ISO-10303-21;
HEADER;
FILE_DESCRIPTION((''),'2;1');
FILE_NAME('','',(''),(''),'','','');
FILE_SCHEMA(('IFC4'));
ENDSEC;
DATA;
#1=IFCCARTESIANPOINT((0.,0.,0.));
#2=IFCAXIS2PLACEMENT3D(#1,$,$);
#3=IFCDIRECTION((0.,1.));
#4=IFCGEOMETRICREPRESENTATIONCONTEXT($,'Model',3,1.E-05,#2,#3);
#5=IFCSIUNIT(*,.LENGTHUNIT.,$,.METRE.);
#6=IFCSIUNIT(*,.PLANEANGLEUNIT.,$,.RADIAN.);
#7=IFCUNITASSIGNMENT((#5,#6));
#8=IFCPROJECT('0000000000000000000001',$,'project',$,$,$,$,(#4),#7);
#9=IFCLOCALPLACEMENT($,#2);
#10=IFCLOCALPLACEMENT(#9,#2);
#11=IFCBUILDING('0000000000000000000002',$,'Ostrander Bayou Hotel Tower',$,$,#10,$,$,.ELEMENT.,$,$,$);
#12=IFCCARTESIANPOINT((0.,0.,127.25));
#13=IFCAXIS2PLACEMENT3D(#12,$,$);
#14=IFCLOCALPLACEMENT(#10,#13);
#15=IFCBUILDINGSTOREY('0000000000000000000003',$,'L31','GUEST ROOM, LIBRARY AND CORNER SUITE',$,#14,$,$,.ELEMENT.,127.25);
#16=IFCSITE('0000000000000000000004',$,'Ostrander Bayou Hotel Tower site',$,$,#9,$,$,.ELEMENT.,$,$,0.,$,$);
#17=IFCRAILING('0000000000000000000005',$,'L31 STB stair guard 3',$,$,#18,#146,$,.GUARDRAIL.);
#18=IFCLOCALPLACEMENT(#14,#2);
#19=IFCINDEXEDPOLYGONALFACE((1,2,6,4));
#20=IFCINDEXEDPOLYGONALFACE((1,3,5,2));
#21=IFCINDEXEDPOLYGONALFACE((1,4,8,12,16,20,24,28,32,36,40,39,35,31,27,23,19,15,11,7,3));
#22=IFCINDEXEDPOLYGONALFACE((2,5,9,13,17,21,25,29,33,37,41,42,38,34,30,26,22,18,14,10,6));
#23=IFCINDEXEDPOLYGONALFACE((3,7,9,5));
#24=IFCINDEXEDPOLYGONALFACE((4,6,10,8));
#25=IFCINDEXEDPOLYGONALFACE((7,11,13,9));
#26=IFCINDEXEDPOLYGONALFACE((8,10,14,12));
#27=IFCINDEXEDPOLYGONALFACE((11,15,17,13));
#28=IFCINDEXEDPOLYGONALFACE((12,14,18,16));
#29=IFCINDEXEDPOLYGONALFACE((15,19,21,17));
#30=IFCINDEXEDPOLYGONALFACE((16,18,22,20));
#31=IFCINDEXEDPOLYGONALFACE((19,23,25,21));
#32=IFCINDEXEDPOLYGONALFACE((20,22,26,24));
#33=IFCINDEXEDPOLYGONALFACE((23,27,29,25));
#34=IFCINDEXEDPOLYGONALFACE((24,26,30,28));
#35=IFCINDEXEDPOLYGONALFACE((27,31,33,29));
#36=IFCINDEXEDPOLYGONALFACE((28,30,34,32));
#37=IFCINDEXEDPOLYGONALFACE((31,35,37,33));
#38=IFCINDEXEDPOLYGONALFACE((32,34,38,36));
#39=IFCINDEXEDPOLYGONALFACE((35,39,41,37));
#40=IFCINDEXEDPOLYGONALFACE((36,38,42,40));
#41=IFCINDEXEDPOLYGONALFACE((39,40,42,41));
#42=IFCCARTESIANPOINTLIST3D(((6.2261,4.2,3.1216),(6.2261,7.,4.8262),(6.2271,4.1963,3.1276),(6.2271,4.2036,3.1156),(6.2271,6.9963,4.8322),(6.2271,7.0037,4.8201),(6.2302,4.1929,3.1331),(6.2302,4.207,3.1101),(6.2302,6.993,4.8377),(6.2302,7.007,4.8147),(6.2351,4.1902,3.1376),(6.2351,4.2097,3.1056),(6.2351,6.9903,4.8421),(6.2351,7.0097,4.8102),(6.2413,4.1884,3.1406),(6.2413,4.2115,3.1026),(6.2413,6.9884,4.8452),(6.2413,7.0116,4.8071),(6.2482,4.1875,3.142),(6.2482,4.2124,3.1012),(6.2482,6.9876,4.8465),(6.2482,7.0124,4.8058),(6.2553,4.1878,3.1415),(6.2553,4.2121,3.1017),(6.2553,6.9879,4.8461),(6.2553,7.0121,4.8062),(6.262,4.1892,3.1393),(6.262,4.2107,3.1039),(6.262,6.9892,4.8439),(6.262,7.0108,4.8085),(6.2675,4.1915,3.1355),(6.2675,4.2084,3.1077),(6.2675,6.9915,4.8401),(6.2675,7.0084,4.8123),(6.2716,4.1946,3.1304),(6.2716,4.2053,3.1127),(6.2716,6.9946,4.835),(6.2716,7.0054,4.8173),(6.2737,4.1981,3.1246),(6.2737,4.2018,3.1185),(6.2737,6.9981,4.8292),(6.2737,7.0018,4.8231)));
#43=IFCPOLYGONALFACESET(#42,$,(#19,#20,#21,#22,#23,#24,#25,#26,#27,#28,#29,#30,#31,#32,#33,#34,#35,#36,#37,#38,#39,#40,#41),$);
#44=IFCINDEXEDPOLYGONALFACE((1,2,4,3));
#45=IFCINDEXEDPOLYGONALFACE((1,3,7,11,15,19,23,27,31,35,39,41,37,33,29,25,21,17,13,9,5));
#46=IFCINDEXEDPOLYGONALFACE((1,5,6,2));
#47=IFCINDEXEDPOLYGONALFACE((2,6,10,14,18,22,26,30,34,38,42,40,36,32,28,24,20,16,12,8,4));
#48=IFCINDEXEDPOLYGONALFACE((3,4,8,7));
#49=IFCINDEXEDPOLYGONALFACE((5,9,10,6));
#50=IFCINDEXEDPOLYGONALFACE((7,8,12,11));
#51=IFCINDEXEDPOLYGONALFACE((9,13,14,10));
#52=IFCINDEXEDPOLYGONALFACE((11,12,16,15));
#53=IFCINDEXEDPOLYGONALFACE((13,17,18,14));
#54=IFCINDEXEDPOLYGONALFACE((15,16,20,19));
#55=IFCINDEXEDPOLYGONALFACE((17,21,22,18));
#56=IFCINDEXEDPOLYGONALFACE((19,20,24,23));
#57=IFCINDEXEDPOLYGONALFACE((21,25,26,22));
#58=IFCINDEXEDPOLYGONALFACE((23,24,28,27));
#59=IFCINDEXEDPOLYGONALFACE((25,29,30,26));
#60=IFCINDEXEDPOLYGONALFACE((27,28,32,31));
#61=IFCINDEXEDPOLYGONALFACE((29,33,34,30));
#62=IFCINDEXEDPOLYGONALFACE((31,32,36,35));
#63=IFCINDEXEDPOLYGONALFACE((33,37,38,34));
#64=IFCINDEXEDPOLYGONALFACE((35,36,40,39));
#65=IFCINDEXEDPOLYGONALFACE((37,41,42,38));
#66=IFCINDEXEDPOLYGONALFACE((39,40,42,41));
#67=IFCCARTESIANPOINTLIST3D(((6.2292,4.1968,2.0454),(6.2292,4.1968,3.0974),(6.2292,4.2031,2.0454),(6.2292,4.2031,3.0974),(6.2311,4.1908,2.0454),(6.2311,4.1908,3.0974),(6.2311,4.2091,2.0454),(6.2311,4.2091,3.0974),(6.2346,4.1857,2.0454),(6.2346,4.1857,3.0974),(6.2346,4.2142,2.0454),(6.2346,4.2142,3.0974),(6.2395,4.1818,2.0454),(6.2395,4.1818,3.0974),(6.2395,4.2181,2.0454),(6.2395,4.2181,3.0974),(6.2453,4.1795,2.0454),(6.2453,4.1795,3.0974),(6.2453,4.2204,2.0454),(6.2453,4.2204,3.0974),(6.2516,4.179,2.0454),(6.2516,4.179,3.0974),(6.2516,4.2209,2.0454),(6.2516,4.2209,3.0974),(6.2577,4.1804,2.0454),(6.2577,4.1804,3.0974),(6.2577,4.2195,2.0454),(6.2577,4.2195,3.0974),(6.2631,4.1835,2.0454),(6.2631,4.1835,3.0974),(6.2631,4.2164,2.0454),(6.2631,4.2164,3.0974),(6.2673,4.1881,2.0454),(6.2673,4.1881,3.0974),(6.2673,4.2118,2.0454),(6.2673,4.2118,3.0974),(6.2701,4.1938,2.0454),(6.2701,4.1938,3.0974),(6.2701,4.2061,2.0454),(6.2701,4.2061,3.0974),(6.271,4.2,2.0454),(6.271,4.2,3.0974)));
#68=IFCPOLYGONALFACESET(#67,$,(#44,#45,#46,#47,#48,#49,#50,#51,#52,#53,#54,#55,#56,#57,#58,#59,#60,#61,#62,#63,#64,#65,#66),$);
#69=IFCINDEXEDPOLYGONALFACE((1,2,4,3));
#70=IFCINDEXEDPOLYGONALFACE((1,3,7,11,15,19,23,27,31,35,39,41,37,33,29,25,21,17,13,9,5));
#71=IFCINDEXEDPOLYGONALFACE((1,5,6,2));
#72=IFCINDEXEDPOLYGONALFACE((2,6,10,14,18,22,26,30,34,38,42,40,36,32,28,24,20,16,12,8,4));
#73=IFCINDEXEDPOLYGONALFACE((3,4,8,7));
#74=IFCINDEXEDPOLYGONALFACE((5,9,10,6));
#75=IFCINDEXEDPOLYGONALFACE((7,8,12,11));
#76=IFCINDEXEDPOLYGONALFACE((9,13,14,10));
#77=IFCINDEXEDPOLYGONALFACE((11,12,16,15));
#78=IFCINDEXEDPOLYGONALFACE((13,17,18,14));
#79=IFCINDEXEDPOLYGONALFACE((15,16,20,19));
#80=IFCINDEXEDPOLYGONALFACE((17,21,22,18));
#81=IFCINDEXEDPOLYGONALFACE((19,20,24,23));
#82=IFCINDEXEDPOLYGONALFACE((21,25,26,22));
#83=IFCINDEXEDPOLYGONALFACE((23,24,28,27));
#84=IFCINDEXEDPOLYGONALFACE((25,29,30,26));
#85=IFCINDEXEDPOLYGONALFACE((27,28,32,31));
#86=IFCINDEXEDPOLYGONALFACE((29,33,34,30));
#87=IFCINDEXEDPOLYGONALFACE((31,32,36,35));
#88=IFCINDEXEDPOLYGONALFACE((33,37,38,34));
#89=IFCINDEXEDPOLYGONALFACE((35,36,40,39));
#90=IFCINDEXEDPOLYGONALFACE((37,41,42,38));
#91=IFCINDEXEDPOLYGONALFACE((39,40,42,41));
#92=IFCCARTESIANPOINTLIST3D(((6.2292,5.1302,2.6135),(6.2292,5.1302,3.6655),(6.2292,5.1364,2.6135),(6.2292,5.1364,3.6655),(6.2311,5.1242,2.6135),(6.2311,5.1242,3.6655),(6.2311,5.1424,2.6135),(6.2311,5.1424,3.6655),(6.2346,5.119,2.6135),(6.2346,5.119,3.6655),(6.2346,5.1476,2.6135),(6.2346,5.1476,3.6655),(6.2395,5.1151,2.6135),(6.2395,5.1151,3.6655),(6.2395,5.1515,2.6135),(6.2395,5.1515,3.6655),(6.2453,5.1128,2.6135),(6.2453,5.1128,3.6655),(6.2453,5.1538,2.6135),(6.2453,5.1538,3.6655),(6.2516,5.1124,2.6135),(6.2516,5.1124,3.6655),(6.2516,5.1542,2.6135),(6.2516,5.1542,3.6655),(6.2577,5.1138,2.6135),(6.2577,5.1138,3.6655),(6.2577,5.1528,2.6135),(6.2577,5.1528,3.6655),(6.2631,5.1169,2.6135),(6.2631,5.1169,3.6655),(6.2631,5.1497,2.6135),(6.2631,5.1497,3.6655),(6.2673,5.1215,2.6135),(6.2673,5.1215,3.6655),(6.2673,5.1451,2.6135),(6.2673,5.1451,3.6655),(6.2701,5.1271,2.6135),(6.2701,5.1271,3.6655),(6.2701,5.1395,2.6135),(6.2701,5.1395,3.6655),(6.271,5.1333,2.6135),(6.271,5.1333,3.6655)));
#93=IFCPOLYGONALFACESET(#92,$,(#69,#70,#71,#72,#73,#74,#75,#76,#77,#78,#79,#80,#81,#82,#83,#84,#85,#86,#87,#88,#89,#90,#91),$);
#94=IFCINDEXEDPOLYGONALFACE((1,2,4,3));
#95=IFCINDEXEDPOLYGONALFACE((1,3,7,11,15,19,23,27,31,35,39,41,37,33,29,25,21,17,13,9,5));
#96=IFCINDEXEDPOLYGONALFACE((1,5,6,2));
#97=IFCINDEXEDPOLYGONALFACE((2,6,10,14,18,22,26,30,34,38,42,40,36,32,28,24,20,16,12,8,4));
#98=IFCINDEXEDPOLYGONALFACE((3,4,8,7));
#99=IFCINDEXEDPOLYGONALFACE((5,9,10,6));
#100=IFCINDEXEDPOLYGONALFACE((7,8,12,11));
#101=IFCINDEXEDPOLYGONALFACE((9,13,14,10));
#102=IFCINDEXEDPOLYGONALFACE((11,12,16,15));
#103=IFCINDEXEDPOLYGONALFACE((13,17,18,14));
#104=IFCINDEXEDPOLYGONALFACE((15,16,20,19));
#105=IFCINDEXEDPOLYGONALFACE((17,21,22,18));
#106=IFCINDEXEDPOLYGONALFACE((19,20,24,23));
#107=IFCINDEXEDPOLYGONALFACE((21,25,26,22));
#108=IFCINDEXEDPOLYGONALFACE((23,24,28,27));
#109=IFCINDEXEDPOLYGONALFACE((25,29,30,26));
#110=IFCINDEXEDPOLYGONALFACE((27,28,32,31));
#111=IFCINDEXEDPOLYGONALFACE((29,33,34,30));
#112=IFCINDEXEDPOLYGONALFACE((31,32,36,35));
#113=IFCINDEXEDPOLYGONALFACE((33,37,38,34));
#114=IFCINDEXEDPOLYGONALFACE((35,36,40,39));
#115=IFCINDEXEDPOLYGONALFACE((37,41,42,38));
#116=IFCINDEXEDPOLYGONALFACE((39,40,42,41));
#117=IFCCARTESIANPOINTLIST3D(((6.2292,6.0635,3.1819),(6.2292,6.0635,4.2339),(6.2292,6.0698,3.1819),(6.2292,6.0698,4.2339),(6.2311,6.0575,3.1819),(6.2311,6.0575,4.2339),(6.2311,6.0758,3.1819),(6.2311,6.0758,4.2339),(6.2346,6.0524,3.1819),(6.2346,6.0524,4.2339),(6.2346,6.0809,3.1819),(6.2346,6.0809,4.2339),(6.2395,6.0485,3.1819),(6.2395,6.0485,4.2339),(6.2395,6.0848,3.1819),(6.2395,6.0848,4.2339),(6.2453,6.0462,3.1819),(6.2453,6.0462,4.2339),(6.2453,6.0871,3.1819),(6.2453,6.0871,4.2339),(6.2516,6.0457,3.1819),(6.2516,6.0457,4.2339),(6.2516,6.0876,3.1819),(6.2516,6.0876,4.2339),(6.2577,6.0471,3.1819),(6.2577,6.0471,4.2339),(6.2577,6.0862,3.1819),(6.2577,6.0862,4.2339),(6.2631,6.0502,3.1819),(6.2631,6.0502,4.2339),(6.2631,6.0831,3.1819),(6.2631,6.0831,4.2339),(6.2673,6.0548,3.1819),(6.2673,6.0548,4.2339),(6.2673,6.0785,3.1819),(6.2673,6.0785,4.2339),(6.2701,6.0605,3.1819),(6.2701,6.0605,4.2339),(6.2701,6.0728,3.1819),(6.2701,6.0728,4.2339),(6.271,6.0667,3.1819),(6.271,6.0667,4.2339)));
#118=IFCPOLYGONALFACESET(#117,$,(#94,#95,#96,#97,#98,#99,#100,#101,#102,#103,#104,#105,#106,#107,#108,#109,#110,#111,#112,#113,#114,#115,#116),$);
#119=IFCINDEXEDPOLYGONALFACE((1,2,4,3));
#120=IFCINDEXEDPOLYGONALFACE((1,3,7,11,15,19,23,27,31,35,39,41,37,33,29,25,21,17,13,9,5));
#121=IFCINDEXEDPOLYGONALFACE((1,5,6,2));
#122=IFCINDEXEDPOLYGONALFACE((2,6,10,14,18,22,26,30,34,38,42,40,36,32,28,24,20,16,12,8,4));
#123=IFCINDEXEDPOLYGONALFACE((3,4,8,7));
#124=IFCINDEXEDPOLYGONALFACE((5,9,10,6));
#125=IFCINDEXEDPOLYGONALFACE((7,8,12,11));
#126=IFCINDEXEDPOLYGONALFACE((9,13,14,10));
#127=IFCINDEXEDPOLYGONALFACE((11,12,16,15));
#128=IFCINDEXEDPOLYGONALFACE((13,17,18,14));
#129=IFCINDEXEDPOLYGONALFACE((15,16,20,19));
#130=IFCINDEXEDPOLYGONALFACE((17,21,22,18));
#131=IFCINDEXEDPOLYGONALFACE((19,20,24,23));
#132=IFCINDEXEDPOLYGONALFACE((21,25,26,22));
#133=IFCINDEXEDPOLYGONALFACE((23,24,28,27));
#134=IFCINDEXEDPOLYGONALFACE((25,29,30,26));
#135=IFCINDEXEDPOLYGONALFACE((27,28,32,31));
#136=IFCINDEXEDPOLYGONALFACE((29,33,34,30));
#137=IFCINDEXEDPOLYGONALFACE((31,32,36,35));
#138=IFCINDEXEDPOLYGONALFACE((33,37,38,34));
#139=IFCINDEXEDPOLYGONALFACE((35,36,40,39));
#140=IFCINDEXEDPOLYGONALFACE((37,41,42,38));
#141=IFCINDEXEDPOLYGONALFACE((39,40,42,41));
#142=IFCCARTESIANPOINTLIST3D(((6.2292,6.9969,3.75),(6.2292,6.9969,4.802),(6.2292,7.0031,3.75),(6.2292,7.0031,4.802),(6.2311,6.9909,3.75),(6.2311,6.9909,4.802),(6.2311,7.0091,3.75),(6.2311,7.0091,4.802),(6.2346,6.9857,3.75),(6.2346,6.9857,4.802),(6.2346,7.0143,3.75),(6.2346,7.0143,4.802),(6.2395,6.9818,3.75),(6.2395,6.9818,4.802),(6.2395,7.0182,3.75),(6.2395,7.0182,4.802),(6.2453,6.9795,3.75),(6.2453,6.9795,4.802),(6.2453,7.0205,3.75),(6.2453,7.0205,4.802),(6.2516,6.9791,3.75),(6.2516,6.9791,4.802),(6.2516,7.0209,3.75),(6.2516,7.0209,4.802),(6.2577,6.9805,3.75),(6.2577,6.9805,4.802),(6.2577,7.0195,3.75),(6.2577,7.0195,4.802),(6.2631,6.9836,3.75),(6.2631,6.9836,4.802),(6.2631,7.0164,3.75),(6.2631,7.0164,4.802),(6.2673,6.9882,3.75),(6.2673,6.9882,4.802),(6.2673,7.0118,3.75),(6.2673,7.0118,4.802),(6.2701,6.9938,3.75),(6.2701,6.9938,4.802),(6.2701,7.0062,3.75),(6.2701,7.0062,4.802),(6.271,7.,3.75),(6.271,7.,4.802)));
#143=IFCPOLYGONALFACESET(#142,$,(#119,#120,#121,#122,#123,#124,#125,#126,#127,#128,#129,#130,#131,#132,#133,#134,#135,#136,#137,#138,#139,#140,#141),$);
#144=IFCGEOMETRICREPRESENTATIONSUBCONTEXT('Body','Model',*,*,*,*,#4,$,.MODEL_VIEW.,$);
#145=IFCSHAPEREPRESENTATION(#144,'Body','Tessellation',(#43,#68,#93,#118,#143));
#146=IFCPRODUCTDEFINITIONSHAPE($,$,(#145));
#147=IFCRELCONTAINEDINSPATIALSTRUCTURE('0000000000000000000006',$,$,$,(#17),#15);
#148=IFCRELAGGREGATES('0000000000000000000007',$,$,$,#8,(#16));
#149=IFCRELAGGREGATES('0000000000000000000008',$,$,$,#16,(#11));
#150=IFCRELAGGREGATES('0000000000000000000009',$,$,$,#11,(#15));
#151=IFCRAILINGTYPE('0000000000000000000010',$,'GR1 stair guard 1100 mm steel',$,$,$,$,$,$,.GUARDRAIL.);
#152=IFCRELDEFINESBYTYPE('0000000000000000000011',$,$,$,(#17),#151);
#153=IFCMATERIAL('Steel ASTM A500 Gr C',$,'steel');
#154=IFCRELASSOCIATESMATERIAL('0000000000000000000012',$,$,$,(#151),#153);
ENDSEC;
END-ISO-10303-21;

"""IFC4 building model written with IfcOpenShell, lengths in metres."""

from ifc_helpers import new_model, si_unit, direction, frame, origin, origin_2d, place, context, subcontext, project, spatial, circle, extrude, material, type_object, element, save


model = new_model("IFC4")

# Units and contexts
model_context = context("Model", 3, precision=1e-05, world=origin(), true_north=direction((0.0, 1.0)))
body_context = subcontext(model_context, "Body", "Model", "MODEL_VIEW")
ifc_project = project(units=[si_unit("LENGTHUNIT", "METRE"), si_unit("PLANEANGLEUNIT", "RADIAN")], contexts=[model_context])

# Site, building, storey
site_placement = place(None, origin())
site = spatial("IfcSite", under=ifc_project, at=site_placement, Name="Ostrander Bayou Hotel Tower site", CompositionType="ELEMENT", RefElevation=0.0)
building_placement = place(site_placement, origin())
building = spatial("IfcBuilding", under=site, at=building_placement, Name="Ostrander Bayou Hotel Tower", CompositionType="ELEMENT")
storey_placement = place(building_placement, frame((0.0, 0.0, 127.25)))
storey = spatial("IfcBuildingStorey", under=building, at=storey_placement, Name="L31", Description="GUEST ROOM, LIBRARY AND CORNER SUITE", CompositionType="ELEMENT", Elevation=127.25)

# Railing
ifc_material_1 = material(Name="Steel ASTM A500 Gr C", Category="steel")
railing_type_1 = type_object("IfcRailingType", Name="GR1 stair guard 1100 mm steel", PredefinedType="GUARDRAIL", material=ifc_material_1)
railing_1_placement = place(storey_placement, frame((6.25, 4.2, 2.0454)))
element("IfcRailing", 1, at=railing_1_placement, inside=storey, type_object=railing_type_1, Name="L31 STB stair guard 3", PredefinedType="GUARDRAIL", context=body_context, shape_type="SweptSolid", body=[
    extrude(circle(Radius=0.0239, at=origin_2d()), frame((0.0, 0.0, 1.0762), z_axis=(0.0, 0.85417, 0.519994), x_axis=(-1.0, 0.0, 0.0)), (0.0, 0.0, 1.0), 3.2781),
    extrude(circle(Radius=0.021, at=origin_2d()), origin(), (0.0, 0.0, 1.0), 1.052),
    extrude(circle(Radius=0.021, at=origin_2d()), frame((0.0, 0.9333, 0.5681)), (0.0, 0.0, 1.0), 1.052),
    extrude(circle(Radius=0.021, at=origin_2d()), frame((0.0, 1.8667, 1.1365)), (0.0, 0.0, 1.0), 1.052),
    extrude(circle(Radius=0.021, at=origin_2d()), frame((0.0, 2.8, 1.7046)), (0.0, 0.0, 1.0), 1.052),
])

save(model, "model.ifc")
